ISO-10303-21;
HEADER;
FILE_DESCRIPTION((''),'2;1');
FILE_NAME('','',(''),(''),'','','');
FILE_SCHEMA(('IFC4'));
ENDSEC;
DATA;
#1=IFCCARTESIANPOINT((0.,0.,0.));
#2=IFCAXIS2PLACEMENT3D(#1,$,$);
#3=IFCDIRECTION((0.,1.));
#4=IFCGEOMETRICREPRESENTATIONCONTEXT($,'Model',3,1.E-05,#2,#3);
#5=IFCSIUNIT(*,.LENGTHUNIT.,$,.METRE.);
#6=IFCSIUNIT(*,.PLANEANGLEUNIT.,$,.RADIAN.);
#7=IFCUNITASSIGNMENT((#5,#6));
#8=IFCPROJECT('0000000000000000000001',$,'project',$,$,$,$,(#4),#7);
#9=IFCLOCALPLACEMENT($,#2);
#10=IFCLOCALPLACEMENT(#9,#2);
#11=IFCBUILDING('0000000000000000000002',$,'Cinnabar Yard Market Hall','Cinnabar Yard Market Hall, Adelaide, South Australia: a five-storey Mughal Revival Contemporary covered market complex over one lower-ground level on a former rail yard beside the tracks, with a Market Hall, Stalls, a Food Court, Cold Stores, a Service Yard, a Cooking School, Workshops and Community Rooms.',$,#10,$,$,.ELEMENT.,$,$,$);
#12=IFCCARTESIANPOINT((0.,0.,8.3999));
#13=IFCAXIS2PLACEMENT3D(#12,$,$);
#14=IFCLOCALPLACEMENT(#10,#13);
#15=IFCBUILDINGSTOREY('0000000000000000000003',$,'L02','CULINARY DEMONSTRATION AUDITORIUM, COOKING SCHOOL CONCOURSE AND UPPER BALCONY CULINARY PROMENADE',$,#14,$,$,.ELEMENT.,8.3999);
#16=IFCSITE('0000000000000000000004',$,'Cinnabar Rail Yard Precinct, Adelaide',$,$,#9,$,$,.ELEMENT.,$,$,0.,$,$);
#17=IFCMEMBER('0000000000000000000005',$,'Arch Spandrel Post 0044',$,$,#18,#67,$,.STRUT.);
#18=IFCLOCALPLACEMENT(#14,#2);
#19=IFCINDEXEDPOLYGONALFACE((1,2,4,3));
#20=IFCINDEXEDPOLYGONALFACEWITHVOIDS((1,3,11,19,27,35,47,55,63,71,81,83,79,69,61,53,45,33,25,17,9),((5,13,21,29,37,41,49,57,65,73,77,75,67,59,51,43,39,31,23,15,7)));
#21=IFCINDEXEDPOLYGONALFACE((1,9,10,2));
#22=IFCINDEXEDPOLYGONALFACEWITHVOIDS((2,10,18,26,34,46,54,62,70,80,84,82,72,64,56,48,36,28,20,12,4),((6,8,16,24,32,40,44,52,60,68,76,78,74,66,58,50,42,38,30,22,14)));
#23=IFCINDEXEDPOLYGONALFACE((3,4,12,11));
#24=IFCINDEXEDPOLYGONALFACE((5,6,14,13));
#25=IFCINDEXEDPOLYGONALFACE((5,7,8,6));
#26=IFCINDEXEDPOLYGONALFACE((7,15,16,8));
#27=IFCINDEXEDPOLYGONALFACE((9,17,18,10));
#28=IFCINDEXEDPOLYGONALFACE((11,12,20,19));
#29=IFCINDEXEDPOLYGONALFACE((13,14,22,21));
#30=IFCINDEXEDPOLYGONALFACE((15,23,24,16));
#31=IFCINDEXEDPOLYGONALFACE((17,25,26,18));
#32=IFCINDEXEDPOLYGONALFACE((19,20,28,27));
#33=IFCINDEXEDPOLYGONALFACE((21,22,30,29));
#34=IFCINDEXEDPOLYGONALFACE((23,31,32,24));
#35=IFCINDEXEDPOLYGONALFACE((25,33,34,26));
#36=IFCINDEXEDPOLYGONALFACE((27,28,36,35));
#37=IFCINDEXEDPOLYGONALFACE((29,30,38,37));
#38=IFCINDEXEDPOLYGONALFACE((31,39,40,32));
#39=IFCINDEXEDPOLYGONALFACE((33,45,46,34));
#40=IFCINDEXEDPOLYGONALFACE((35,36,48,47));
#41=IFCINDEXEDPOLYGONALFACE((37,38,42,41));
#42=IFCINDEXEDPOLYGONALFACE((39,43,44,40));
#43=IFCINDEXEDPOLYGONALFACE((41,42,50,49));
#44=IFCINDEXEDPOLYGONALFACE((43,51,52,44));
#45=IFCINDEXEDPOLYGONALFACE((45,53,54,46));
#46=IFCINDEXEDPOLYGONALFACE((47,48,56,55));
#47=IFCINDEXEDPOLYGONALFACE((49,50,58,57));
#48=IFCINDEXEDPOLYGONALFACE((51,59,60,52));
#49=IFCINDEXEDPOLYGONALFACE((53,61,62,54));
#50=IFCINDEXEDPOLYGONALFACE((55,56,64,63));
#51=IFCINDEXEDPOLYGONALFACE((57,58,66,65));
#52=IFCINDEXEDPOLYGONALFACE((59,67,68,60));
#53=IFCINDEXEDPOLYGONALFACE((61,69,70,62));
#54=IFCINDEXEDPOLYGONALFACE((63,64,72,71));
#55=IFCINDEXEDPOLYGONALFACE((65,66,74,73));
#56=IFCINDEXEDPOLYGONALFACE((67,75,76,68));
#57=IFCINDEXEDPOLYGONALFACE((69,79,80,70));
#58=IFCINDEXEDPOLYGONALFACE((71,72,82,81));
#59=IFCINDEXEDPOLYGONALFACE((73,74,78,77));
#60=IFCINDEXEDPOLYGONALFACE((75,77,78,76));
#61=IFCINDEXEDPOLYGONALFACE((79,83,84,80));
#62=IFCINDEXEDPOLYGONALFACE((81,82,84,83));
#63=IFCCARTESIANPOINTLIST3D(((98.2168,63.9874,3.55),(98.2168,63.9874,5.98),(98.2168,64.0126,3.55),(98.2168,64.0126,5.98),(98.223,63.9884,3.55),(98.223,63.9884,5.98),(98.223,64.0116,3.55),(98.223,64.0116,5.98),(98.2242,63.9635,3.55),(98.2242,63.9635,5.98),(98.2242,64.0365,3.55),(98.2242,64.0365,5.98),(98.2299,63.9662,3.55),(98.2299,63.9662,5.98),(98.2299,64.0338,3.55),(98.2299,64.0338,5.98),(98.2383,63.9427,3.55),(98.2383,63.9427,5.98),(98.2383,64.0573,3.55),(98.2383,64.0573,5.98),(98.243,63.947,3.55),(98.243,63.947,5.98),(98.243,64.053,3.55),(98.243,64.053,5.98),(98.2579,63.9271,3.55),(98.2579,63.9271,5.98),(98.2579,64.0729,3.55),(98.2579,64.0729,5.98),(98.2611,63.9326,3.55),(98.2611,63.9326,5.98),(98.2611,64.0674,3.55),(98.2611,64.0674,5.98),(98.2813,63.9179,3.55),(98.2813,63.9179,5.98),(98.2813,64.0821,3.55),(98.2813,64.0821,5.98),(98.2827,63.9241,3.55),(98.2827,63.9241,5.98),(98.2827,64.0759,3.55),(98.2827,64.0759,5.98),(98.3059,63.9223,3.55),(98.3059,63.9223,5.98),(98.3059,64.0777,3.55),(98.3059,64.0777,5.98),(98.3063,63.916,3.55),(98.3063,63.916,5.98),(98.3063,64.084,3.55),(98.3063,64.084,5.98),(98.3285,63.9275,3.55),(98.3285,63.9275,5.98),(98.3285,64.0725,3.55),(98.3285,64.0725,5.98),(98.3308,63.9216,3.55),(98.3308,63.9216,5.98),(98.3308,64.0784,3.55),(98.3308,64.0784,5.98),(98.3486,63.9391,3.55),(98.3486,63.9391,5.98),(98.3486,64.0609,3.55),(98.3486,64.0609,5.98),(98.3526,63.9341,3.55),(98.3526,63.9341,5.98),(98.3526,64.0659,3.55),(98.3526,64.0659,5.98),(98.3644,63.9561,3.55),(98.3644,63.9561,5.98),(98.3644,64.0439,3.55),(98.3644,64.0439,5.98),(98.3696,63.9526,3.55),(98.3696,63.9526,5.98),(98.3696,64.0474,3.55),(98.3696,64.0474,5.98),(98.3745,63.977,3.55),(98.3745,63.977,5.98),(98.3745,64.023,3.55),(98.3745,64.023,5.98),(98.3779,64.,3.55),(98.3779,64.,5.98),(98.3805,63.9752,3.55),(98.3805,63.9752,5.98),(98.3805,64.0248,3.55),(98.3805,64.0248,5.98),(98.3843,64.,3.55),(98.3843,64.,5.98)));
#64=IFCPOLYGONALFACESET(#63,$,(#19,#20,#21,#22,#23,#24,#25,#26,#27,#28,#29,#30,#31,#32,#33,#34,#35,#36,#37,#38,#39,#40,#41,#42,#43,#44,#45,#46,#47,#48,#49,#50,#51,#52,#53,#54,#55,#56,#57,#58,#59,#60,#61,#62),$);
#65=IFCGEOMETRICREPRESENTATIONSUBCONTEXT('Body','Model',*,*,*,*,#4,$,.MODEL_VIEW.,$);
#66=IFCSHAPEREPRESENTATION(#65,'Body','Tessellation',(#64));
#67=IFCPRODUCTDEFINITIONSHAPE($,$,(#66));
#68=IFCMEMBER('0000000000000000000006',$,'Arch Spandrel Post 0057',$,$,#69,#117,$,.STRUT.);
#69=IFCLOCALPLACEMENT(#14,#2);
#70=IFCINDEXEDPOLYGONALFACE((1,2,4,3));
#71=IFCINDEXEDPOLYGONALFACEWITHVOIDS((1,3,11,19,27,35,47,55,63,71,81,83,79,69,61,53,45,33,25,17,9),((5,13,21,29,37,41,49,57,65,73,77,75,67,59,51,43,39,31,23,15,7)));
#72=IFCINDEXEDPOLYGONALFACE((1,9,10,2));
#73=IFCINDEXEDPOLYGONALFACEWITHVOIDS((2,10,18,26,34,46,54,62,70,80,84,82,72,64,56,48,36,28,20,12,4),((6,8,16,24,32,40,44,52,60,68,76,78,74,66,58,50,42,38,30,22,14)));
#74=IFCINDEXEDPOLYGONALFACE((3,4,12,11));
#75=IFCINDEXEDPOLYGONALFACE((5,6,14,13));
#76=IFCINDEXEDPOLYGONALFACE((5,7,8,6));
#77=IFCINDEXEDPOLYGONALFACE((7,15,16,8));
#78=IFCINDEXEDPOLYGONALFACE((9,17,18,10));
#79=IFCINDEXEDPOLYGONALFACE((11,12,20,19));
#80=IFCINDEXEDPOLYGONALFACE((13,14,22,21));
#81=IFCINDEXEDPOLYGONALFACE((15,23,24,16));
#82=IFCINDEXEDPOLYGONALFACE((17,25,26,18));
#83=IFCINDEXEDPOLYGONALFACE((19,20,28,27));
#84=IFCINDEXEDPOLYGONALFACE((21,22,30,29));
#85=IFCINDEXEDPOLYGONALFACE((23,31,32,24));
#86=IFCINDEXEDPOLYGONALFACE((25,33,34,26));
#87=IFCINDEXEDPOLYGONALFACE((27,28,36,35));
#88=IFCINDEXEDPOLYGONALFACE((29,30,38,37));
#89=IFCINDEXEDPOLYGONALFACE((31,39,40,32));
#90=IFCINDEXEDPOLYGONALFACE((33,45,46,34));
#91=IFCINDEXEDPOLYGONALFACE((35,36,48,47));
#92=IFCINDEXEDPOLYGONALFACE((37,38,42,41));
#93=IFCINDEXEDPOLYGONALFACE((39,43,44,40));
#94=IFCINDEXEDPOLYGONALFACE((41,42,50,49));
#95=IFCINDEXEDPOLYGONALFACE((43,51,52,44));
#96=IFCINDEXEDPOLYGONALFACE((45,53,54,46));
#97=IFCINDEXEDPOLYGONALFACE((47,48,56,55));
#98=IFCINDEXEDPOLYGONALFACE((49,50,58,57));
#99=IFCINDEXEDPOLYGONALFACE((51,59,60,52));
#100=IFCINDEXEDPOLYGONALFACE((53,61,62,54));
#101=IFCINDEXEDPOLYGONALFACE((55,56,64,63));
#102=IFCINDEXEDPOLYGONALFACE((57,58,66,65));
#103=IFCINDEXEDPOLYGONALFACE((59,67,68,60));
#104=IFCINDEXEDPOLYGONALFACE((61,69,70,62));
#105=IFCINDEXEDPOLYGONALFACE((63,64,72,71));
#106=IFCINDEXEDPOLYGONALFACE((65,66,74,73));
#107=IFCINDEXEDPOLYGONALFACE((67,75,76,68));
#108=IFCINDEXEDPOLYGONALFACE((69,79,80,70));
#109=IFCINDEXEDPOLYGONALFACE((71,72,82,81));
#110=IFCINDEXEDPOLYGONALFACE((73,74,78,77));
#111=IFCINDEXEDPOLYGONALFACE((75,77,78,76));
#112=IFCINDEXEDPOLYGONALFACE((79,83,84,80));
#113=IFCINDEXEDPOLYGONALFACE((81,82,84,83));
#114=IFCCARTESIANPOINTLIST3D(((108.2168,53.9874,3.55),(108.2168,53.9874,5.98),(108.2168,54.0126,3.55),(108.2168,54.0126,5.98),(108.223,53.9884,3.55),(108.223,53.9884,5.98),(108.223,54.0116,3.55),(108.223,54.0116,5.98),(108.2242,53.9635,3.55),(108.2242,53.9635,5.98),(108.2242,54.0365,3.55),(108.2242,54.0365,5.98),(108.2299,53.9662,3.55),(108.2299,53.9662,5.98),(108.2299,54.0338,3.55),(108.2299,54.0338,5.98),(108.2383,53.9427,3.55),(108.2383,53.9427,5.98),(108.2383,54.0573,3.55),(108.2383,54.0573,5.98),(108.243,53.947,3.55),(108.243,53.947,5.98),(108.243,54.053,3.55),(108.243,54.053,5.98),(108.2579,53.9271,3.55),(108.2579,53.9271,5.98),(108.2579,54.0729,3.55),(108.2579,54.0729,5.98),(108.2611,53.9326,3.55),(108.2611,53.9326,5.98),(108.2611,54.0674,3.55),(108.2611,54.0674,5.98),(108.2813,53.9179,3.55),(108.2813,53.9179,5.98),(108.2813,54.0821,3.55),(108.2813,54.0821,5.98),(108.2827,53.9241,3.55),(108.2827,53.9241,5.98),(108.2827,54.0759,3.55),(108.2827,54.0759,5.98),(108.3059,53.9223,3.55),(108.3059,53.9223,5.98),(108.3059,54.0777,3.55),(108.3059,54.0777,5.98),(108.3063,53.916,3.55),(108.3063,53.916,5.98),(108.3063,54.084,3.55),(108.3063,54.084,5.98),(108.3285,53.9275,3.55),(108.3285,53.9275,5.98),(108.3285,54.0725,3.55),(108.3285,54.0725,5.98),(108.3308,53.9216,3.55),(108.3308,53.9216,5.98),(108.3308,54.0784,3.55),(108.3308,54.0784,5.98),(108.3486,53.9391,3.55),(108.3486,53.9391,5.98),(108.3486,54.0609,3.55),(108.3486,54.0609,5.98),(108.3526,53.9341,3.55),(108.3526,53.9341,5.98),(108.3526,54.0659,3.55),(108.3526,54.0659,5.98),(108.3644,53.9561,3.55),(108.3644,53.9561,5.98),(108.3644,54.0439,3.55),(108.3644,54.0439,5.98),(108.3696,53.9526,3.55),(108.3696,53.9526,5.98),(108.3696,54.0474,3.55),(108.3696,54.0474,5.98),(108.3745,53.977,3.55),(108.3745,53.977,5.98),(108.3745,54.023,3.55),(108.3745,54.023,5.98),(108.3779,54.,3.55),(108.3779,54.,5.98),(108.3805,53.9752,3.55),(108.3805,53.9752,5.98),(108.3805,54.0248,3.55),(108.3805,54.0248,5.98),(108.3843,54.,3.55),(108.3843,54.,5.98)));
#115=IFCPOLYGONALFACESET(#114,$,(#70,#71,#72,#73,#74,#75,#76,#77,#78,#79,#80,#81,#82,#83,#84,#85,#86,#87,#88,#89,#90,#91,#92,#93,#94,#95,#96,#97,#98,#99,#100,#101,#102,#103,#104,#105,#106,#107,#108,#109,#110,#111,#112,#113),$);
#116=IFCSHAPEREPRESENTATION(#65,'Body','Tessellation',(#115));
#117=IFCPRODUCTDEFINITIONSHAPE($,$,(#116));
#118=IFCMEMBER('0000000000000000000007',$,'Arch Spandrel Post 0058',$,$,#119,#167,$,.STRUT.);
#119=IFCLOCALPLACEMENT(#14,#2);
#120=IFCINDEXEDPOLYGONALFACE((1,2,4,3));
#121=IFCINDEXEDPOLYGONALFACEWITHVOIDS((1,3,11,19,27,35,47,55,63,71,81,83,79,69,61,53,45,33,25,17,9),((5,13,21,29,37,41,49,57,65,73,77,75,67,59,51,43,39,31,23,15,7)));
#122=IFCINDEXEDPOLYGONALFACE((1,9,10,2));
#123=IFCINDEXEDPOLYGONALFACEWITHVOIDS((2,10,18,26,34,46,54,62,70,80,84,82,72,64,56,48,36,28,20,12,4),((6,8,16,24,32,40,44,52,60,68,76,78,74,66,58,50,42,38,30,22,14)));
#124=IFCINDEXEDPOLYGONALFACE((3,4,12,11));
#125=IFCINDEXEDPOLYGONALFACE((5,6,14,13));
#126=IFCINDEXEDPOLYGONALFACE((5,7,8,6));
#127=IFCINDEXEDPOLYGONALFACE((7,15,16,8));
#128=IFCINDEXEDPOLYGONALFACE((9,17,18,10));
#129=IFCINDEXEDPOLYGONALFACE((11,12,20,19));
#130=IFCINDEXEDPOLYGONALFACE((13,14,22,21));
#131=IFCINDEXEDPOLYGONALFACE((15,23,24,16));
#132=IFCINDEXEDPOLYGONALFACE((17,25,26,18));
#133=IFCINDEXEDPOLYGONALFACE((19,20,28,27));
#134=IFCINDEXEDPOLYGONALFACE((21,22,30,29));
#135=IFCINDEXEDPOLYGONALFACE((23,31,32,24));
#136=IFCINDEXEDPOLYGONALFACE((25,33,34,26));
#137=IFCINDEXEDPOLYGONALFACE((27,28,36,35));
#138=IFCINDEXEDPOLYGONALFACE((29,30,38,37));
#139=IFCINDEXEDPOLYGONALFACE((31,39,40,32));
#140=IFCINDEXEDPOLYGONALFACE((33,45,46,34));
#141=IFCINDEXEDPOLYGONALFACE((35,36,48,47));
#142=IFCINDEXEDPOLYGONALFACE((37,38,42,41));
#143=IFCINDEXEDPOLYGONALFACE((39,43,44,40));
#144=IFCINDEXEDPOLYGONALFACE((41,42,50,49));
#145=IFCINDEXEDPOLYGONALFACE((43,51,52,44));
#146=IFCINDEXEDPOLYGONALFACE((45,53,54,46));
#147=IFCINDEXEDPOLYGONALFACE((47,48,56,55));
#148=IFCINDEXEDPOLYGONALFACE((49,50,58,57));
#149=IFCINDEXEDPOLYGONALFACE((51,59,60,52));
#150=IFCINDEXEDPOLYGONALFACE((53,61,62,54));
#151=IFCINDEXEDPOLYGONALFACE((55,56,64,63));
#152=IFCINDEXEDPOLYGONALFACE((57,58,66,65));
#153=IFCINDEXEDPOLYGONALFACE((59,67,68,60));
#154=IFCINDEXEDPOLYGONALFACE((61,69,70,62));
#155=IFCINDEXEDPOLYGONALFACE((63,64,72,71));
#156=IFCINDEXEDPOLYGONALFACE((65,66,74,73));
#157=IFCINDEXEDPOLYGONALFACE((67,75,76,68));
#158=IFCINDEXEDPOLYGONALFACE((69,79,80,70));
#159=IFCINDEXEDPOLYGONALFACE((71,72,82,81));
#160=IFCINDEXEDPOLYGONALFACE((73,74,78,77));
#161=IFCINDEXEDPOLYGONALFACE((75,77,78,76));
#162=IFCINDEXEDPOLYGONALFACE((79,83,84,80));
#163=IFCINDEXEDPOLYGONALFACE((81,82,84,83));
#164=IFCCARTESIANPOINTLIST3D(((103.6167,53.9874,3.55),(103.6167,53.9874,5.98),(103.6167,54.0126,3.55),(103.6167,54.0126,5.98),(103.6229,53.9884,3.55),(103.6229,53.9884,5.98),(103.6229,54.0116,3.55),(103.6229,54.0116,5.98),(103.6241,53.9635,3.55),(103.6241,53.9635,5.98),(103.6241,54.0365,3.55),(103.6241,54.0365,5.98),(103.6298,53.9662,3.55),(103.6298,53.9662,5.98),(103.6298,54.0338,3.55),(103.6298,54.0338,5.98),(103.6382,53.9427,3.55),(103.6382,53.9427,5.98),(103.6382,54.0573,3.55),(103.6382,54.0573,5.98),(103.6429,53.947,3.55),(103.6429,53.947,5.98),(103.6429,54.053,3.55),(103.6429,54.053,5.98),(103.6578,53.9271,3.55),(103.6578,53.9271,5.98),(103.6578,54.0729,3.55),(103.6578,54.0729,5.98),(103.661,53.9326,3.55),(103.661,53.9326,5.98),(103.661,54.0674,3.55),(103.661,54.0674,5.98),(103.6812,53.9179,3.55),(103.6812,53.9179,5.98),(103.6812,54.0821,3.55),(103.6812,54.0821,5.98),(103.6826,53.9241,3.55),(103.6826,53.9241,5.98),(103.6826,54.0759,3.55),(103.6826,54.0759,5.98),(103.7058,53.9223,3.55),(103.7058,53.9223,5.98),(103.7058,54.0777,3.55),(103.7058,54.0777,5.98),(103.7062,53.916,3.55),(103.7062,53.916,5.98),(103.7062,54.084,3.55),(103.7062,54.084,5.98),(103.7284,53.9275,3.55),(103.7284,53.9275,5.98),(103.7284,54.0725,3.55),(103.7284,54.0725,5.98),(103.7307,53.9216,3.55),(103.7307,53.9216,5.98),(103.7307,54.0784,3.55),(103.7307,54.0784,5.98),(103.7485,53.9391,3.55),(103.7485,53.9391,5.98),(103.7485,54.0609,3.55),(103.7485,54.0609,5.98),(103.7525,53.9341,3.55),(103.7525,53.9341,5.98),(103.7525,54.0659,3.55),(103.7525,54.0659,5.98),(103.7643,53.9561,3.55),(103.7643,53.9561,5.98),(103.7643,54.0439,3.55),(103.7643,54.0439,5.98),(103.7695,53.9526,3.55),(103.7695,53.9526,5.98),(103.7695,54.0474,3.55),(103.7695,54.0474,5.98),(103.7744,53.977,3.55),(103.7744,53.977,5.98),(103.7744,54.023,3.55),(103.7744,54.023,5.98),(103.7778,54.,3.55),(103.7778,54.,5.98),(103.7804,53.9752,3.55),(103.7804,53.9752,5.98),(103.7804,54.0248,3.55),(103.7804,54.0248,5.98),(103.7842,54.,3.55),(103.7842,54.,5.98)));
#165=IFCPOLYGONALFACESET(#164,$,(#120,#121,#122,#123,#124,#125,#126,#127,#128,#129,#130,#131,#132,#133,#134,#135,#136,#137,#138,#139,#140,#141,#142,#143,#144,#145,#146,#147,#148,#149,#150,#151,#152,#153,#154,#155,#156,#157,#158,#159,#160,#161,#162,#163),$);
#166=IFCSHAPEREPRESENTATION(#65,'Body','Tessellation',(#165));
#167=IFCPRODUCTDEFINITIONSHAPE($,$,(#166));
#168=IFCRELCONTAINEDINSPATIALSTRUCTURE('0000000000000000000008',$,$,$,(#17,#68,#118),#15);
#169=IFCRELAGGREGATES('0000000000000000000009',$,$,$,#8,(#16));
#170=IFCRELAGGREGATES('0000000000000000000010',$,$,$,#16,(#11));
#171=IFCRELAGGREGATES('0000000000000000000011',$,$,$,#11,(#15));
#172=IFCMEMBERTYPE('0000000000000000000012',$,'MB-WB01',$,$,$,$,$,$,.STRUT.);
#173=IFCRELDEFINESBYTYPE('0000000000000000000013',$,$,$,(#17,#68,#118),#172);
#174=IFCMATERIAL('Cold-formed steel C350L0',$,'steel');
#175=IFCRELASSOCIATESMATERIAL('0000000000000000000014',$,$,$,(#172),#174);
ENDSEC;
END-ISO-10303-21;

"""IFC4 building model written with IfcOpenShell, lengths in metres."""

from ifc_helpers import new_model, si_unit, direction, frame, origin, origin_2d_with_axis, place, context, subcontext, project, spatial, hollow_circle, extrude, material, material_profile, profile_set, type_object, element, save


model = new_model("IFC4")

# Units and contexts
model_context = context("Model", 3, precision=1e-05, world=origin(), true_north=direction((0.0, 1.0)))
body_context = subcontext(model_context, "Body", "Model", "MODEL_VIEW")
ifc_project = project(units=[si_unit("LENGTHUNIT", "METRE"), si_unit("PLANEANGLEUNIT", "RADIAN")], contexts=[model_context])

# Site, building, storey
site_placement = place(None, origin())
site = spatial("IfcSite", under=ifc_project, at=site_placement, Name="Cinnabar Rail Yard Precinct, Adelaide", CompositionType="ELEMENT", RefElevation=0.0)
building_placement = place(site_placement, origin())
building = spatial("IfcBuilding", under=site, at=building_placement, Name="Cinnabar Yard Market Hall", Description="Cinnabar Yard Market Hall, Adelaide, South Australia: a five-storey Mughal Revival Contemporary covered market complex over one lower-ground level on a former rail yard beside the tracks, with a Market Hall, Stalls, a Food Court, Cold Stores, a Service Yard, a Cooking School, Workshops and Community Rooms.", CompositionType="ELEMENT")
storey_placement = place(building_placement, frame((0.0, 0.0, 8.3999)))
storey = spatial("IfcBuildingStorey", under=building, at=storey_placement, Name="L02", Description="CULINARY DEMONSTRATION AUDITORIUM, COOKING SCHOOL CONCOURSE AND UPPER BALCONY CULINARY PROMENADE", CompositionType="ELEMENT", Elevation=8.3999)

# Members
ifc_material_1 = material(Name="Cold-formed steel C350L0", Category="steel")
ifc_material_profile_1 = material_profile(ifc_material_1, hollow_circle(Radius=0.0842, WallThickness=0.0063, at=origin_2d_with_axis()), Name="168.3x6.4CHS")
ifc_profile_set_1 = profile_set([ifc_material_profile_1], Name="Cold-formed steel C350L0")
member_type_1 = type_object("IfcMemberType", Name="MB-WB01", PredefinedType="STRUT", material=ifc_profile_set_1)
for number, where, z_axis, x_axis, name in (
    (1, (98.3, 64.0, 3.55), (0.0, 0.0, 1.0), (1.0, 0.0, 0.0), "Arch Spandrel Post 0044"),
    (2, (108.3, 54.0, 3.55), (0.0, 0.0, 1.0), (1.0, 0.0, 0.0), "Arch Spandrel Post 0057"),
    (3, (103.7, 54.0, 3.55), (0.0, 0.0, 1.0), (1.0, 0.0, 0.0), "Arch Spandrel Post 0058"),
):
    element("IfcMember", number, at=place(storey_placement, frame(where, z_axis=z_axis, x_axis=x_axis)), inside=storey, type_object=member_type_1, Name=name, PredefinedType="STRUT", context=body_context, shape_type="SweptSolid", body=[
        extrude(hollow_circle(Radius=0.0842, WallThickness=0.0063, at=origin_2d_with_axis()), origin(), (0.0, 0.0, 1.0), 2.4299),
    ])

save(model, "model.ifc")
